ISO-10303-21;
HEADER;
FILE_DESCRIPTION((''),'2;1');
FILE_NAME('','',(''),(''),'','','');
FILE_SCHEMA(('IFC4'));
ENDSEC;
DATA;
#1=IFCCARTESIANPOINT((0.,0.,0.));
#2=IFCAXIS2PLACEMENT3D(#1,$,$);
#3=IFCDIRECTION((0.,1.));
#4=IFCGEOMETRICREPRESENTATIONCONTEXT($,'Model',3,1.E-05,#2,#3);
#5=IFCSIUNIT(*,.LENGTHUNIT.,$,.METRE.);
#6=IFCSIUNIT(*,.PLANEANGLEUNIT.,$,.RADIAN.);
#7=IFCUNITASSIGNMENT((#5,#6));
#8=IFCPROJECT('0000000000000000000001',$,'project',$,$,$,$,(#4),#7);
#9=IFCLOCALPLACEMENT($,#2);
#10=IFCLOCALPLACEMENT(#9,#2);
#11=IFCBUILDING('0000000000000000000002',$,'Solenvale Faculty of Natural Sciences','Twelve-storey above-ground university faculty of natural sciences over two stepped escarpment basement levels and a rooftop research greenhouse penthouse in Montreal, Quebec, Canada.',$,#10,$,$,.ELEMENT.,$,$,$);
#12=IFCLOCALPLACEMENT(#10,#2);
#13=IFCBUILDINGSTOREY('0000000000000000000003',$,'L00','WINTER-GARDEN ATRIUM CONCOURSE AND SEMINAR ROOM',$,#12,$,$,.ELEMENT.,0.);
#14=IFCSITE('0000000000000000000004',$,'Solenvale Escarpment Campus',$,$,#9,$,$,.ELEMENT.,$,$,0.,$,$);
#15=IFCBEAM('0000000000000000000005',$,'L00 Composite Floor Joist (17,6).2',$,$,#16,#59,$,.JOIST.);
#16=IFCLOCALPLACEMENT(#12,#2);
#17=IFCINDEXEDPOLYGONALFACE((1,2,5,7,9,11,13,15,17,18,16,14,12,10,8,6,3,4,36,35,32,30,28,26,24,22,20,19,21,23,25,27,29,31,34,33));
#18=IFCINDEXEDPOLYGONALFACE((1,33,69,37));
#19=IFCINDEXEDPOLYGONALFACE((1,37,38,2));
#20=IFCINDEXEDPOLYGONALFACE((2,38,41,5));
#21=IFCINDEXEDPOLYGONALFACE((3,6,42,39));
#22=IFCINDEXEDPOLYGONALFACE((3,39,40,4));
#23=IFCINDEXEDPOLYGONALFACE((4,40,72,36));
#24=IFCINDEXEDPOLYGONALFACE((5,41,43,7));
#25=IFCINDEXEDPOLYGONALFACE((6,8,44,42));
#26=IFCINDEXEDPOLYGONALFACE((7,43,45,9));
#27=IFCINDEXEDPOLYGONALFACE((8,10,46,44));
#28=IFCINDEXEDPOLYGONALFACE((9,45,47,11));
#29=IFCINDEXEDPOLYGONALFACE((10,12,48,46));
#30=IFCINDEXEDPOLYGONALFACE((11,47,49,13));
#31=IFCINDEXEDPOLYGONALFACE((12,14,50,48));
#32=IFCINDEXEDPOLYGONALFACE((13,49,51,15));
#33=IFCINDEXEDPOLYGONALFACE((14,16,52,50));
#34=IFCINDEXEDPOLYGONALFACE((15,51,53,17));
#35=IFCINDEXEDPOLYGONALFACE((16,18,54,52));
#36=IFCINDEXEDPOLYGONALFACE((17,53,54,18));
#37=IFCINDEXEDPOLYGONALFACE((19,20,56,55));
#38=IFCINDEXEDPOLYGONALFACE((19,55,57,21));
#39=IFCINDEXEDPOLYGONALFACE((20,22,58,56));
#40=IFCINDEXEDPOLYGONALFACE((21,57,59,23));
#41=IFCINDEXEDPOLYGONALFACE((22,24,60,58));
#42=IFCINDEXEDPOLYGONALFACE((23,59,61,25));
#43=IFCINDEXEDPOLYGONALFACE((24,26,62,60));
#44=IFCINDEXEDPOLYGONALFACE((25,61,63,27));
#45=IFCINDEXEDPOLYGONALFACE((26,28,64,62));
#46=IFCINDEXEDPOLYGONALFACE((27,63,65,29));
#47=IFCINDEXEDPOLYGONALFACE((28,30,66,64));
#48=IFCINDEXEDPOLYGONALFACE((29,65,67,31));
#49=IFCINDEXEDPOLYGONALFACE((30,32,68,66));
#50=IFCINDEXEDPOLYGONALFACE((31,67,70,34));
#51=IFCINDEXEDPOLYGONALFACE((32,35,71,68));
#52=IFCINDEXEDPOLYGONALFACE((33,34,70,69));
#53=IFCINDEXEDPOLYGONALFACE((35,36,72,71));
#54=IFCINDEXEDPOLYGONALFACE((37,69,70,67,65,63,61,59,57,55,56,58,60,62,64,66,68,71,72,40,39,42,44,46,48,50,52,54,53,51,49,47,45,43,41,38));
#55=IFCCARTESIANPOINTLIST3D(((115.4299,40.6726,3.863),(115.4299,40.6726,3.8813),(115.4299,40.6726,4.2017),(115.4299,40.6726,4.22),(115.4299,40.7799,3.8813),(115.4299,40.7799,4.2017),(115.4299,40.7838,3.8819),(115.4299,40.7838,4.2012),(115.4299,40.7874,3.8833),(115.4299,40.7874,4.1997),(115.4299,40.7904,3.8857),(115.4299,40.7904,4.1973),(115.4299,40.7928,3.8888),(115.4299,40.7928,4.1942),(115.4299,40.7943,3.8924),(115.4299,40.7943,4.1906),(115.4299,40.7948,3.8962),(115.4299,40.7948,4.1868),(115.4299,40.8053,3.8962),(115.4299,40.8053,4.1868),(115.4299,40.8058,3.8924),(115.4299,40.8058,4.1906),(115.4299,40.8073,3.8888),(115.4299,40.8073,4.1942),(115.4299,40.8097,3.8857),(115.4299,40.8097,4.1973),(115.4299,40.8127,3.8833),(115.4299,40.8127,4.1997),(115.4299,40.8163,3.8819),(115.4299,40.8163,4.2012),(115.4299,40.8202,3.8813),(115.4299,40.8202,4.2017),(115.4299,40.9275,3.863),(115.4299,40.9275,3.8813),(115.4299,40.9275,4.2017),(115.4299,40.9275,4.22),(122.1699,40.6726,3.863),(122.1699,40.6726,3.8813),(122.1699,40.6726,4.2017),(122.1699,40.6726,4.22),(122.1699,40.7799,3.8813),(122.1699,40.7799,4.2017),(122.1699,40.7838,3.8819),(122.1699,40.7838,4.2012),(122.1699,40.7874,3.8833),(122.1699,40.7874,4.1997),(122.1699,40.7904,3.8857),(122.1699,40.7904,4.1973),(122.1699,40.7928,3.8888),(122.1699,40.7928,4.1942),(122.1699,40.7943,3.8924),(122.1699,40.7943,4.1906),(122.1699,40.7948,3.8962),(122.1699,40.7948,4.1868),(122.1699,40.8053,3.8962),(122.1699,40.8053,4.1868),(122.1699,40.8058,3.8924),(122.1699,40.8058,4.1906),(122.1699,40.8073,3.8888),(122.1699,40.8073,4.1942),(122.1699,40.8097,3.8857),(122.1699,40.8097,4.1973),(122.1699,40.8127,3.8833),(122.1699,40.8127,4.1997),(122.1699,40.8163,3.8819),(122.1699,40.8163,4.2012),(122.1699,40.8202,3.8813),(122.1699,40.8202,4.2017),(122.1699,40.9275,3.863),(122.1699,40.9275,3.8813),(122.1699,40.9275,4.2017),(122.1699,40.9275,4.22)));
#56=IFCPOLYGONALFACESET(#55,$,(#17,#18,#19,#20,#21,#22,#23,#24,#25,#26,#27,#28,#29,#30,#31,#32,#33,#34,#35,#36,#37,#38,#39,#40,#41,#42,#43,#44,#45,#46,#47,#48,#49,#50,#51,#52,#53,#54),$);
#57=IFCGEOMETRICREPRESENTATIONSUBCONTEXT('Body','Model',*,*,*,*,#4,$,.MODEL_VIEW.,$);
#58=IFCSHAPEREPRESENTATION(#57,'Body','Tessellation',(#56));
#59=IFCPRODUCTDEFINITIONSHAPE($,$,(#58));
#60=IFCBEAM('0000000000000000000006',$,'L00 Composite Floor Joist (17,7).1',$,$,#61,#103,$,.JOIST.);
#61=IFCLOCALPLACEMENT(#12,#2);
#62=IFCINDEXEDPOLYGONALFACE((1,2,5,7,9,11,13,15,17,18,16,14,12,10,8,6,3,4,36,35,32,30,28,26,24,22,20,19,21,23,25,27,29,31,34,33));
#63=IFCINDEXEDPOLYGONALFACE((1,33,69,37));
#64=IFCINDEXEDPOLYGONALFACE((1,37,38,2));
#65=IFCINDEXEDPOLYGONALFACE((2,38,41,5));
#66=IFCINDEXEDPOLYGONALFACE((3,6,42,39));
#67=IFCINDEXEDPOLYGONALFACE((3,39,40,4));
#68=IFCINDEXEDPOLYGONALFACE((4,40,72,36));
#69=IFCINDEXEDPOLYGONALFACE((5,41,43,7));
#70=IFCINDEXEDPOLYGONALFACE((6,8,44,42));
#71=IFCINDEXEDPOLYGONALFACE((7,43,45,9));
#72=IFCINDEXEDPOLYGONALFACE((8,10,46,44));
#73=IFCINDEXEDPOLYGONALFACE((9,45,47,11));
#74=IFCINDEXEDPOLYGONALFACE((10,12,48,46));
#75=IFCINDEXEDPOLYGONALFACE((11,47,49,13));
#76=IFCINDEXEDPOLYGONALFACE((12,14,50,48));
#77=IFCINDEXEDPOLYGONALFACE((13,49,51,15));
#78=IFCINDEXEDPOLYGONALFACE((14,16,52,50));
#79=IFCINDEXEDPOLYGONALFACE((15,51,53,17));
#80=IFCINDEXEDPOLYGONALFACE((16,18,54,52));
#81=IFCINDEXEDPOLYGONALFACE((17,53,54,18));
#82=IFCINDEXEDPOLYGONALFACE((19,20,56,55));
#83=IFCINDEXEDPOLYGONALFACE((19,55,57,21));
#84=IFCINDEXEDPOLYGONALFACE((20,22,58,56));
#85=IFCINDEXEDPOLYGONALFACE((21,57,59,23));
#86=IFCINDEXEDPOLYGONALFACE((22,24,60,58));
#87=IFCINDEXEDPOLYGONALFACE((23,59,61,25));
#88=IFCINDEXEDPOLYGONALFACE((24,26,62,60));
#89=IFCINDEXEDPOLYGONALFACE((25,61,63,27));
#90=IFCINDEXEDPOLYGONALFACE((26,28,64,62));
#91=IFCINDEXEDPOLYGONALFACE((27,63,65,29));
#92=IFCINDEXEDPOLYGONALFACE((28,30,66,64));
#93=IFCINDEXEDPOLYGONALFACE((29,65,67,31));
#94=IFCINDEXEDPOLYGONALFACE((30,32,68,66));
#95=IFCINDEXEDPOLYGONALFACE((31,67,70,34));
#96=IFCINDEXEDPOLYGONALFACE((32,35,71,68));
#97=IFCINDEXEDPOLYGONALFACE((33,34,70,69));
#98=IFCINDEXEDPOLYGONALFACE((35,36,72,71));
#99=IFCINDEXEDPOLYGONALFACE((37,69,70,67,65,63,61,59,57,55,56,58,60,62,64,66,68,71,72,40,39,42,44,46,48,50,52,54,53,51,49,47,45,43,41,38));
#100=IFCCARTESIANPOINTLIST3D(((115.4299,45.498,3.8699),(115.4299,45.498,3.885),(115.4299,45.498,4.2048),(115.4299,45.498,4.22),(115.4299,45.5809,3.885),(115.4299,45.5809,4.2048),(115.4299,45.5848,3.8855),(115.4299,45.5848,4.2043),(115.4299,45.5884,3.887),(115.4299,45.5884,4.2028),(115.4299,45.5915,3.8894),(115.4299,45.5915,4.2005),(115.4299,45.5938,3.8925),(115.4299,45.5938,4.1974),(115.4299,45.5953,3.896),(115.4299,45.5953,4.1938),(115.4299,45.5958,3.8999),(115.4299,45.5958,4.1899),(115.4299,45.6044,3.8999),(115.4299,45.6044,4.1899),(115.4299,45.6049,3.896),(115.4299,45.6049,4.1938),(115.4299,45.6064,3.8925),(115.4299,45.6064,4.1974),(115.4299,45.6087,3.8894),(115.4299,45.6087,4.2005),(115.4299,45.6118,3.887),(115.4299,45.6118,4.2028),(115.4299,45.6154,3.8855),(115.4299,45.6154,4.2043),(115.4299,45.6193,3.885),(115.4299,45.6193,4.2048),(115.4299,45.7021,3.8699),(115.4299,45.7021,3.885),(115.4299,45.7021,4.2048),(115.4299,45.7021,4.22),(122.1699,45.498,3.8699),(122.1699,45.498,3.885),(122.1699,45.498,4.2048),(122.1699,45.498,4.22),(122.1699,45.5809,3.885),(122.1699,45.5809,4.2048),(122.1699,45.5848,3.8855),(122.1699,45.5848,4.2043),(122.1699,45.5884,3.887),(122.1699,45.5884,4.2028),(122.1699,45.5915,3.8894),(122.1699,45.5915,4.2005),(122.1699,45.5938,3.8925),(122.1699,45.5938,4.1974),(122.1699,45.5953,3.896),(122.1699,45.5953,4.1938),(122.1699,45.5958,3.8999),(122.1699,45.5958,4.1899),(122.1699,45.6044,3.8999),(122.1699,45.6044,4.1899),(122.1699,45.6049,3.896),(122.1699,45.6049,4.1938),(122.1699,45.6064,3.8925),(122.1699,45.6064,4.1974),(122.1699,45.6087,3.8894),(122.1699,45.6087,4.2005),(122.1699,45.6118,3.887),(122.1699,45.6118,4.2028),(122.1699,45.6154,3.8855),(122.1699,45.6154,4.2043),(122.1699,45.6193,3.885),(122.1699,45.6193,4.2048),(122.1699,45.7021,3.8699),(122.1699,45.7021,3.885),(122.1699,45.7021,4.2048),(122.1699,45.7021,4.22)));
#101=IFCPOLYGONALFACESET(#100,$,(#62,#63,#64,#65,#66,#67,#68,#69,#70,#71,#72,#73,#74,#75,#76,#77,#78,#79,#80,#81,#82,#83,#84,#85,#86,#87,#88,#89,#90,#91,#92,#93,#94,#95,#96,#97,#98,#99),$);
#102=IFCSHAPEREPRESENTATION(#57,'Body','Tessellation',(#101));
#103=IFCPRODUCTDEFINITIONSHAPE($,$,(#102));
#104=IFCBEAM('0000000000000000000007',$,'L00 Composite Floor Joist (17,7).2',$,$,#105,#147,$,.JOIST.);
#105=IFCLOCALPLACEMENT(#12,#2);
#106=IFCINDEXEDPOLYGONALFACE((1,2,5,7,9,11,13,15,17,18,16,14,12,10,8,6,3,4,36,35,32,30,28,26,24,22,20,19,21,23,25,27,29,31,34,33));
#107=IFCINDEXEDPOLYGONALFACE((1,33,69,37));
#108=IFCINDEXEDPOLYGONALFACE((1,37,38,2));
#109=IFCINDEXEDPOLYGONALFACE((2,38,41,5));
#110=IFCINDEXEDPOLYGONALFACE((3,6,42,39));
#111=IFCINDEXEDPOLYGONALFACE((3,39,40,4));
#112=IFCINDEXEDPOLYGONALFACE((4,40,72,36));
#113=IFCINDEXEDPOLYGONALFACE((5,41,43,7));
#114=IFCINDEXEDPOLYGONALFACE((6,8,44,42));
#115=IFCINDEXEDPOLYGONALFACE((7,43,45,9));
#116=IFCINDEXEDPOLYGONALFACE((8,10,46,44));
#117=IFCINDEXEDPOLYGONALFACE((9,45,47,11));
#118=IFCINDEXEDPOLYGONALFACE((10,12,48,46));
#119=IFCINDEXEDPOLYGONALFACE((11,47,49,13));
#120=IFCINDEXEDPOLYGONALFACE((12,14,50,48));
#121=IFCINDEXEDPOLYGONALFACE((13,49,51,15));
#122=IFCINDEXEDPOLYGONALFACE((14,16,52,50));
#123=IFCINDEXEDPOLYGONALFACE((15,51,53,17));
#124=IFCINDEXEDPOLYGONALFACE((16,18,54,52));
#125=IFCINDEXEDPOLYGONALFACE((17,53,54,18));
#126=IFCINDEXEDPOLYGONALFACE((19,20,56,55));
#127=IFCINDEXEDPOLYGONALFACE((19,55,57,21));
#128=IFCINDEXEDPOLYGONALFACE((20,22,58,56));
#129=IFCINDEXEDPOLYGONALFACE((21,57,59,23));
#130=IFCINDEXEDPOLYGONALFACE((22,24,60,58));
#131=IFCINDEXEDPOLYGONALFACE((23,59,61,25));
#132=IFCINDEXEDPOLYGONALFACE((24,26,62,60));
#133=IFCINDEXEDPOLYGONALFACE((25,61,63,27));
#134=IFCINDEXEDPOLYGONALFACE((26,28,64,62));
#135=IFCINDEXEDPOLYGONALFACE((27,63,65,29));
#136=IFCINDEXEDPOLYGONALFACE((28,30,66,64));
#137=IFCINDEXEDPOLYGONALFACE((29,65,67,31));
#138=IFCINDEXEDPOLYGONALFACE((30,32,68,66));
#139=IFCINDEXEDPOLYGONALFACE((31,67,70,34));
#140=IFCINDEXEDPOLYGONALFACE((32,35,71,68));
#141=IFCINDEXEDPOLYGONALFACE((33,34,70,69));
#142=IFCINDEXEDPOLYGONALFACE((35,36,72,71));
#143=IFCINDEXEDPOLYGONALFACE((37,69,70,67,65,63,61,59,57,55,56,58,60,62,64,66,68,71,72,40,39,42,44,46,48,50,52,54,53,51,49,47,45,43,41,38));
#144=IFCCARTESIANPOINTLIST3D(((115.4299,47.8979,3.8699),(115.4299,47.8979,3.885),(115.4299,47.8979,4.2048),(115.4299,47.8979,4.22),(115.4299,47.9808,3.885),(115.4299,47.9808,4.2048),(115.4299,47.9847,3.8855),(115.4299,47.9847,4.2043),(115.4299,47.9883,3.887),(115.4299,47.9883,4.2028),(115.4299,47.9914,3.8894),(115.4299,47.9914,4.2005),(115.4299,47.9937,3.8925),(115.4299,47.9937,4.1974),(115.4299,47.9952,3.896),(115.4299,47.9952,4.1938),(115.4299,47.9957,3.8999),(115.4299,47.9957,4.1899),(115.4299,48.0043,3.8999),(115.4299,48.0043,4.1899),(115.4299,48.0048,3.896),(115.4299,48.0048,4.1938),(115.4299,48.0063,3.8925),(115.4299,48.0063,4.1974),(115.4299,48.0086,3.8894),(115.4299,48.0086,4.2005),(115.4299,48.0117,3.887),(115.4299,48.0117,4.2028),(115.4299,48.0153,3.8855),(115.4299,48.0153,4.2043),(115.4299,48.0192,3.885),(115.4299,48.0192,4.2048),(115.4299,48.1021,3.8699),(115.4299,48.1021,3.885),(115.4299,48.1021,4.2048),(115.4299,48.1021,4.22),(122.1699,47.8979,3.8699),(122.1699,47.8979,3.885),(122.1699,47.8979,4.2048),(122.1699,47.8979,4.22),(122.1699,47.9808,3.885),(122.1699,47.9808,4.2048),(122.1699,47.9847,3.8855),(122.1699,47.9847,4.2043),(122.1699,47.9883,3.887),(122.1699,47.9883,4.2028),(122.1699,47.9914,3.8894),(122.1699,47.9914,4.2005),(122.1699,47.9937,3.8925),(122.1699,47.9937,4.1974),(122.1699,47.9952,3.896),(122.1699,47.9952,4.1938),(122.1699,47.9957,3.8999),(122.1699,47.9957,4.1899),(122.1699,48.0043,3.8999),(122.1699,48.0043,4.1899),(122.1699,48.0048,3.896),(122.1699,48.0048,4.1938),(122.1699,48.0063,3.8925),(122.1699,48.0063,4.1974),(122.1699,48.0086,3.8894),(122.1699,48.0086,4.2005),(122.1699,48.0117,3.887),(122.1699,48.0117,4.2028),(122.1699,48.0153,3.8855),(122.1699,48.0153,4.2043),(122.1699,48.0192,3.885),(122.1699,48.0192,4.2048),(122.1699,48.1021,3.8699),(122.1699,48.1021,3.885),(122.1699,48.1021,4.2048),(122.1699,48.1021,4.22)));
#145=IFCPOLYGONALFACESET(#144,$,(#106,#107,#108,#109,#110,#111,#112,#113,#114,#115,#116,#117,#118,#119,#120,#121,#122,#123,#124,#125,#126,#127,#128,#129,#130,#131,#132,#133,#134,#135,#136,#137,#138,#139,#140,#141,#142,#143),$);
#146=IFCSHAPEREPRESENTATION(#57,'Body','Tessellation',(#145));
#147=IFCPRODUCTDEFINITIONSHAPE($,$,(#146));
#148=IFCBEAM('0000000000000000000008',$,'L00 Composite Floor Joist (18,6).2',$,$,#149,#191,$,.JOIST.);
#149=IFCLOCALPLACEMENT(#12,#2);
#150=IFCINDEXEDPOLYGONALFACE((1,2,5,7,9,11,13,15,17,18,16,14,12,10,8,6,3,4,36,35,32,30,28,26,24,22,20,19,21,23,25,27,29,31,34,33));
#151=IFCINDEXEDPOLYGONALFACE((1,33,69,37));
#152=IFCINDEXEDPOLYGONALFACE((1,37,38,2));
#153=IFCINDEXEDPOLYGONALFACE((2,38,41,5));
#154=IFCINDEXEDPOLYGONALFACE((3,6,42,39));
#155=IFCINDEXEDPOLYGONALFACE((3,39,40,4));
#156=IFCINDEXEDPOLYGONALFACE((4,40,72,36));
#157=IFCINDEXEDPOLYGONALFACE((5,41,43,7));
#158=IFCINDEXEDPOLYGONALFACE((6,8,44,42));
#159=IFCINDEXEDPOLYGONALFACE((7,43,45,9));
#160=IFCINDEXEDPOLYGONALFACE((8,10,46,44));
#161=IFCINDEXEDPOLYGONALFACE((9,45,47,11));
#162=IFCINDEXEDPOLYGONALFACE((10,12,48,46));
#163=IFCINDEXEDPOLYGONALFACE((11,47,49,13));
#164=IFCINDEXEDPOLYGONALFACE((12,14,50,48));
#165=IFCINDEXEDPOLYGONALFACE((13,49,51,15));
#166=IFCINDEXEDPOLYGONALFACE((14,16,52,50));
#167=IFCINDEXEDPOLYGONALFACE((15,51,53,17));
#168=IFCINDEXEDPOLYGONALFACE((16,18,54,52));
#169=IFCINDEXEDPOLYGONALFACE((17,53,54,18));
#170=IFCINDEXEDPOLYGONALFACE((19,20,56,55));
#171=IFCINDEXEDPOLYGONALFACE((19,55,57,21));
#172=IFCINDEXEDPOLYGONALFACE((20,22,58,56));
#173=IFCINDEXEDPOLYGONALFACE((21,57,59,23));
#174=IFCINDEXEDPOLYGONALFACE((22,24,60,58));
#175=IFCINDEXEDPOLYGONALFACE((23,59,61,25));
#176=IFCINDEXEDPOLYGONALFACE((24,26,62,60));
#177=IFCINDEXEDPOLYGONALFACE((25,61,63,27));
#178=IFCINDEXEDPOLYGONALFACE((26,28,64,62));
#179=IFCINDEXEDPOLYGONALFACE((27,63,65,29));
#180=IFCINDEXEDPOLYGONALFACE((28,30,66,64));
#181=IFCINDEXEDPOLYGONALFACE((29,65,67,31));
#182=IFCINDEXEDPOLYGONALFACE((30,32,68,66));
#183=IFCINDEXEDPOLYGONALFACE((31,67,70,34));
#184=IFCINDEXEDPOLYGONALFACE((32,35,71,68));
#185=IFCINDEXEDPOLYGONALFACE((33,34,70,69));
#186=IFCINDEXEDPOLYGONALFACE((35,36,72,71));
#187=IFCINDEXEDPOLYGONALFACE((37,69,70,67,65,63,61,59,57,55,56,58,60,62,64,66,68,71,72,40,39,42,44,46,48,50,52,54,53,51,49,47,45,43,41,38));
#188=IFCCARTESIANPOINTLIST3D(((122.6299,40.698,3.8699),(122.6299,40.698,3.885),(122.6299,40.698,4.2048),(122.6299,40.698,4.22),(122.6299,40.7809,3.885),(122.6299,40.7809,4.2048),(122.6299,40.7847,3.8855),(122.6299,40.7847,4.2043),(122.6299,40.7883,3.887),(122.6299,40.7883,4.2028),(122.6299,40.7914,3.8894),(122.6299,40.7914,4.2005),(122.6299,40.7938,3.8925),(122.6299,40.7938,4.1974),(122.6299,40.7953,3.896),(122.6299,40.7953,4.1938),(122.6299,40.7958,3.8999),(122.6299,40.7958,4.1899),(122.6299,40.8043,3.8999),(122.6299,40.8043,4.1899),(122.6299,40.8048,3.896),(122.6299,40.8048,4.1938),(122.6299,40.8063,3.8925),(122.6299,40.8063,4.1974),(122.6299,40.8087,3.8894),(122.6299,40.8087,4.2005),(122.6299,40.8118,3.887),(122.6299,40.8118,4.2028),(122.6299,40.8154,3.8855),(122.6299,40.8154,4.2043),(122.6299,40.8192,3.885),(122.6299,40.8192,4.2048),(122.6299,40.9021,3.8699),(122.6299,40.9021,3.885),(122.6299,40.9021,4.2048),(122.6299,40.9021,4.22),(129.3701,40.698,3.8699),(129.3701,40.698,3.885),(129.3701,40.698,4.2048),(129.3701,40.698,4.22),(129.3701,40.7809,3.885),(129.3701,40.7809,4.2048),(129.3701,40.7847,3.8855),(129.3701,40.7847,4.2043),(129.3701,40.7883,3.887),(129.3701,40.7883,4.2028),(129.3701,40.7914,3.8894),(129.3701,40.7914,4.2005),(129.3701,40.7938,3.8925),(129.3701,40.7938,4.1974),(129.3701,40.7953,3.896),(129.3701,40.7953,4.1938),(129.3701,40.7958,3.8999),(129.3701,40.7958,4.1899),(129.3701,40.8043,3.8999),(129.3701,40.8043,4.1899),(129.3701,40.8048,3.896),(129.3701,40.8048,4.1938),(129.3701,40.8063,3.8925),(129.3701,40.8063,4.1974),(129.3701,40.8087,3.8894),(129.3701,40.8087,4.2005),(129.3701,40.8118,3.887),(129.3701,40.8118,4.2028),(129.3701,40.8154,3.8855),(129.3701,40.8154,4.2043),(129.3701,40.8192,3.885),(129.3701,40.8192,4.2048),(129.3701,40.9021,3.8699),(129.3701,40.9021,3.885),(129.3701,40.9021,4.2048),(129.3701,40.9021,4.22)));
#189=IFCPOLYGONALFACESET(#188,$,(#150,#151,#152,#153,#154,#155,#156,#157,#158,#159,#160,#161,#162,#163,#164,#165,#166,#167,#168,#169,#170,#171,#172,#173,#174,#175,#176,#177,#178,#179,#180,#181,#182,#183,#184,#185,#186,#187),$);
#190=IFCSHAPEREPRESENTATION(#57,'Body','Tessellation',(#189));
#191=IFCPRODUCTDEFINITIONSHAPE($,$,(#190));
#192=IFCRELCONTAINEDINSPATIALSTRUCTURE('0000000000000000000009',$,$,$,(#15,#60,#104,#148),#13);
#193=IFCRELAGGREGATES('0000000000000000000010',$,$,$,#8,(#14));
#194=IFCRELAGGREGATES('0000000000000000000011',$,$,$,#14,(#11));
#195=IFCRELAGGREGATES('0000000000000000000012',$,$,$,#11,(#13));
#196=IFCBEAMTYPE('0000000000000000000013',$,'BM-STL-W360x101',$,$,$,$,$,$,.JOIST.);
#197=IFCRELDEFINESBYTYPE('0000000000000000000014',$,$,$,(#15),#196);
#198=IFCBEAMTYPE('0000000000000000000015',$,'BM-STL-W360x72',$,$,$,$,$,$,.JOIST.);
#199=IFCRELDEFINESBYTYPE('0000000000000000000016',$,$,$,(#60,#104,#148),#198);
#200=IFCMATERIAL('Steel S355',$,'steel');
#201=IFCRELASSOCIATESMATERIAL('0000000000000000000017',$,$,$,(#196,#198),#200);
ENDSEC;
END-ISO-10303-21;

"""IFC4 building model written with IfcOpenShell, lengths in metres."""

from ifc_helpers import new_model, si_unit, direction, frame, origin, origin_2d, place, context, subcontext, project, spatial, i_section, extrude, material, material_profile, profile_set, type_object, element, save


model = new_model("IFC4")

# Units and contexts
model_context = context("Model", 3, precision=1e-05, world=origin(), true_north=direction((0.0, 1.0)))
body_context = subcontext(model_context, "Body", "Model", "MODEL_VIEW")
ifc_project = project(units=[si_unit("LENGTHUNIT", "METRE"), si_unit("PLANEANGLEUNIT", "RADIAN")], contexts=[model_context])

# Site, building, storey
site_placement = place(None, origin())
site = spatial("IfcSite", under=ifc_project, at=site_placement, Name="Solenvale Escarpment Campus", CompositionType="ELEMENT", RefElevation=0.0)
building_placement = place(site_placement, origin())
building = spatial("IfcBuilding", under=site, at=building_placement, Name="Solenvale Faculty of Natural Sciences", Description="Twelve-storey above-ground university faculty of natural sciences over two stepped escarpment basement levels and a rooftop research greenhouse penthouse in Montreal, Quebec, Canada.", CompositionType="ELEMENT")
storey_placement = place(building_placement, origin())
storey = spatial("IfcBuildingStorey", under=building, at=storey_placement, Name="L00", Description="WINTER-GARDEN ATRIUM CONCOURSE AND SEMINAR ROOM", CompositionType="ELEMENT", Elevation=0.0)

# Beams
ifc_material_1 = material(Name="Steel S355", Category="steel")
ifc_material_profile_1 = material_profile(ifc_material_1, i_section(OverallWidth=0.2549, OverallDepth=0.3569, WebThickness=0.0105, FlangeThickness=0.0183, FilletRadius=0.0149, at=origin_2d()), Name="W360x101")
ifc_profile_set_1 = profile_set([ifc_material_profile_1], Name="Steel S355")
beam_type_1 = type_object("IfcBeamType", Name="BM-STL-W360x101", PredefinedType="JOIST", material=ifc_profile_set_1)
beam_1_placement = place(storey_placement, frame((115.4299, 40.8, 4.0415), z_axis=(1.0, 0.0, 0.0), x_axis=(0.0, 1.0, 0.0)))
element("IfcBeam", 1, at=beam_1_placement, inside=storey, type_object=beam_type_1, Name="L00 Composite Floor Joist (17,6).2", PredefinedType="JOIST", context=body_context, shape_type="SweptSolid", body=[
    extrude(i_section(OverallWidth=0.2549, OverallDepth=0.3569, WebThickness=0.0105, FlangeThickness=0.0183, FilletRadius=0.0149, at=origin_2d()), origin(), (0.0, 0.0, 1.0), 6.74),
])
ifc_material_profile_2 = material_profile(ifc_material_1, i_section(OverallWidth=0.2041, OverallDepth=0.3501, WebThickness=0.0085, FlangeThickness=0.0151, FilletRadius=0.0149, at=origin_2d()), Name="W360x72")
ifc_profile_set_2 = profile_set([ifc_material_profile_2], Name="Steel S355")
beam_type_2 = type_object("IfcBeamType", Name="BM-STL-W360x72", PredefinedType="JOIST", material=ifc_profile_set_2)
for number, where, z_axis, x_axis, name in (
    (2, (115.4299, 45.6001, 4.0449), (1.0, 0.0, 0.0), (0.0, 1.0, 0.0), "L00 Composite Floor Joist (17,7).1"),
    (3, (115.4299, 48.0, 4.0449), (1.0, 0.0, 0.0), (0.0, 1.0, 0.0), "L00 Composite Floor Joist (17,7).2"),
):
    element("IfcBeam", number, at=place(storey_placement, frame(where, z_axis=z_axis, x_axis=x_axis)), inside=storey, type_object=beam_type_2, Name=name, PredefinedType="JOIST", context=body_context, shape_type="SweptSolid", body=[
        extrude(i_section(OverallWidth=0.2041, OverallDepth=0.3501, WebThickness=0.0085, FlangeThickness=0.0151, FilletRadius=0.0149, at=origin_2d()), origin(), (0.0, 0.0, 1.0), 6.74),
    ])
beam_2_placement = place(storey_placement, frame((122.6299, 40.8, 4.0449), z_axis=(1.0, 0.0, 0.0), x_axis=(0.0, 1.0, 0.0)))
element("IfcBeam", 4, at=beam_2_placement, inside=storey, type_object=beam_type_2, Name="L00 Composite Floor Joist (18,6).2", PredefinedType="JOIST", context=body_context, shape_type="SweptSolid", body=[
    extrude(i_section(OverallWidth=0.2041, OverallDepth=0.3501, WebThickness=0.0085, FlangeThickness=0.0151, FilletRadius=0.0149, at=origin_2d()), origin(), (0.0, 0.0, 1.0), 6.7402),
])

save(model, "model.ifc")
